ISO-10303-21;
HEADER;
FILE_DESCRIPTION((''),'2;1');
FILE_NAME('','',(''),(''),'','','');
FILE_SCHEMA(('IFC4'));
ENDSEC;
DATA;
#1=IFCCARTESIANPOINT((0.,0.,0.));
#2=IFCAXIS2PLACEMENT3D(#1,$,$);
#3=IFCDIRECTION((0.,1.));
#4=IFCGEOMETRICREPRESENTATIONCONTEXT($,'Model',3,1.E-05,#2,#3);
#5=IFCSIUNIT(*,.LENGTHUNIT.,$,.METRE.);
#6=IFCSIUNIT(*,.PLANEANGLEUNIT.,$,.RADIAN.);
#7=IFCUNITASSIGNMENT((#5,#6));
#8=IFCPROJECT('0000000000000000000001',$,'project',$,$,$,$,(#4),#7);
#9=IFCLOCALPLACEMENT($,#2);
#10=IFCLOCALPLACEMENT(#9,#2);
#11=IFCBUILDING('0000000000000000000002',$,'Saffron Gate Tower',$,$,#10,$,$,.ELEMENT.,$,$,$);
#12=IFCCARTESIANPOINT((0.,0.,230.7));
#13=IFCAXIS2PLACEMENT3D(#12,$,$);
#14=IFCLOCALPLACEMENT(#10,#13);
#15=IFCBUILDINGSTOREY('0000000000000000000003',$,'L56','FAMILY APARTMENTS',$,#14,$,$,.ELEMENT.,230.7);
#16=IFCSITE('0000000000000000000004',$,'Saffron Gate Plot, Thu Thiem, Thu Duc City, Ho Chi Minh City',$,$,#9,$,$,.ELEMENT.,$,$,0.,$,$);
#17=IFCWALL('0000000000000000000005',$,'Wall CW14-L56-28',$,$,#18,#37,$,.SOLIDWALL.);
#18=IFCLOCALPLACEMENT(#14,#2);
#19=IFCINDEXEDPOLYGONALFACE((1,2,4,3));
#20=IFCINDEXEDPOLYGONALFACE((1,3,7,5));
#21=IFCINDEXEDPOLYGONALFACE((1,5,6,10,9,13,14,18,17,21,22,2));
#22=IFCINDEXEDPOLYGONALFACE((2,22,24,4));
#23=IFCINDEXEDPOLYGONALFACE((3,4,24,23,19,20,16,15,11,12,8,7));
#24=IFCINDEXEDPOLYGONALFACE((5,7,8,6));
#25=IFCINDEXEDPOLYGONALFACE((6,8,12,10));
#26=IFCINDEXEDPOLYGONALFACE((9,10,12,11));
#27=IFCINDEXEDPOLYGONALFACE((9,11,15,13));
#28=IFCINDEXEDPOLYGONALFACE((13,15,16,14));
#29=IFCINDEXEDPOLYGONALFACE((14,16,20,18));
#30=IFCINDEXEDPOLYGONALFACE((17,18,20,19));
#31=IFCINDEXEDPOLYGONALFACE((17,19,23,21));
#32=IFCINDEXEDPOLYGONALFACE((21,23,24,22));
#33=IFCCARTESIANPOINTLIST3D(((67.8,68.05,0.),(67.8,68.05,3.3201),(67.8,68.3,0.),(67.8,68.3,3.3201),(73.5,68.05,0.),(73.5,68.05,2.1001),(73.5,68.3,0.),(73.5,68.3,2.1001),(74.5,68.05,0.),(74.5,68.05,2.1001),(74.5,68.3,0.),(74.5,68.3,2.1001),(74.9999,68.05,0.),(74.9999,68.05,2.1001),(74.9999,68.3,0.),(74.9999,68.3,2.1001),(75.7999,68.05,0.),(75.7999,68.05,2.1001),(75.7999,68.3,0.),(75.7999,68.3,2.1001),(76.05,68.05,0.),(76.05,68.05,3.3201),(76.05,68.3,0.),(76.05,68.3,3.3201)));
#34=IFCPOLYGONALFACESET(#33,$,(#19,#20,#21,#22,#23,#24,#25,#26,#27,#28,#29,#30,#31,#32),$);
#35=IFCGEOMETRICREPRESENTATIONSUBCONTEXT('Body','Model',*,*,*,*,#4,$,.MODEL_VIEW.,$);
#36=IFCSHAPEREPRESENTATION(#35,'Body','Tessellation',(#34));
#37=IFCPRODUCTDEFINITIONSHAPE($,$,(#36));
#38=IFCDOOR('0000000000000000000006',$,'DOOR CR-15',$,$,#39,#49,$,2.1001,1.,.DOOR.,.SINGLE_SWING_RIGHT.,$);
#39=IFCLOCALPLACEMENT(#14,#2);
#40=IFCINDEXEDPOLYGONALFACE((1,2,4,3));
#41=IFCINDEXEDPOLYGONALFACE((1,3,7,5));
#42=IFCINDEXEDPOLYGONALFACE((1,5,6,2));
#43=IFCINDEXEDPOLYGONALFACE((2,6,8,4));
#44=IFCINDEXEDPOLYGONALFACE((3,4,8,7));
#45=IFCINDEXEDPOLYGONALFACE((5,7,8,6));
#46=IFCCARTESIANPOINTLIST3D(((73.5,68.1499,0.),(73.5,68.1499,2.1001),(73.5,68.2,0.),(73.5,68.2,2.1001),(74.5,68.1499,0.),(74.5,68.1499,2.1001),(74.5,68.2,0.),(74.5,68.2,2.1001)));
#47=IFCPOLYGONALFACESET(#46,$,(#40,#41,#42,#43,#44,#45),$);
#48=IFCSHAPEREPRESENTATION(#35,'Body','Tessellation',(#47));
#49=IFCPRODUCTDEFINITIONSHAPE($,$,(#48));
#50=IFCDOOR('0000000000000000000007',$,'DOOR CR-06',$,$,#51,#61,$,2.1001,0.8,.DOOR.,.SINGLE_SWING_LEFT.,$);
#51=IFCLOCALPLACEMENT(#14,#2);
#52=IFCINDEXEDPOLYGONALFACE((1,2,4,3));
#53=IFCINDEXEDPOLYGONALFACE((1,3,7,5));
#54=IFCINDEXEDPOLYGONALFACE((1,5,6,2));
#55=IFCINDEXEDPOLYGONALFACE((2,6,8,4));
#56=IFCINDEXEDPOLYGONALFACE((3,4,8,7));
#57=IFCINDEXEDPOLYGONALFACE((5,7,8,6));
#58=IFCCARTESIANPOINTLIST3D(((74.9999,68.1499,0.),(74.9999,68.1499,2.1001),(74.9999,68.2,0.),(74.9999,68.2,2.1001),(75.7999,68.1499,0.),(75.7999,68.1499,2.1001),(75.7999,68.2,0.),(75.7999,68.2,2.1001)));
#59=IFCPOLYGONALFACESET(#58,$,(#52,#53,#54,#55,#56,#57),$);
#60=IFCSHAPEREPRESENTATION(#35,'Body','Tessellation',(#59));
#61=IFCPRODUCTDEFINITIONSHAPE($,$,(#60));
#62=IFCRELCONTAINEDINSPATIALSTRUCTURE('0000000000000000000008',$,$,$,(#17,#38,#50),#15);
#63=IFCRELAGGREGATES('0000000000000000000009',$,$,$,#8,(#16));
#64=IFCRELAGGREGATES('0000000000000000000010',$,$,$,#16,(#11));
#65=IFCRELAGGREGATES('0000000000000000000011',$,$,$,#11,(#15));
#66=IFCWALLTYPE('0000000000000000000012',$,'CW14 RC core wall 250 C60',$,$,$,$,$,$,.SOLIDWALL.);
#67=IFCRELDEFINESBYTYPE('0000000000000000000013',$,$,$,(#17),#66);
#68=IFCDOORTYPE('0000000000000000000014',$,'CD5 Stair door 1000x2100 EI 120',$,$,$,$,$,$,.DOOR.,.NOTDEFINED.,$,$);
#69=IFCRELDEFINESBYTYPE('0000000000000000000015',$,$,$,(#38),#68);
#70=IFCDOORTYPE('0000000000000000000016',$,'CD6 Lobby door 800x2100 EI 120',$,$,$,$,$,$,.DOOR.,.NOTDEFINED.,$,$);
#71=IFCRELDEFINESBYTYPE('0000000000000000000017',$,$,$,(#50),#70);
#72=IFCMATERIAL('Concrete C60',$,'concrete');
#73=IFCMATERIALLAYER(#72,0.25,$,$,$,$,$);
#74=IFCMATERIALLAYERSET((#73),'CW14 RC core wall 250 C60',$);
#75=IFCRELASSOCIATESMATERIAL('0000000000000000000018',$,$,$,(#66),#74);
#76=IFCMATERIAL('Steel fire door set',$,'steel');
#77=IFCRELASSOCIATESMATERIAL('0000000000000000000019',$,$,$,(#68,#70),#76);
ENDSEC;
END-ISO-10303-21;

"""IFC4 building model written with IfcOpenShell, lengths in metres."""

from ifc_helpers import new_model, si_unit, direction, frame, frame_2d, origin, place, context, subcontext, project, spatial, rectangle, extrude, material, layer, layer_set, type_object, element, fill, save


model = new_model("IFC4")

# Units and contexts
model_context = context("Model", 3, precision=1e-05, world=origin(), true_north=direction((0.0, 1.0)))
body_context = subcontext(model_context, "Body", "Model", "MODEL_VIEW")
ifc_project = project(units=[si_unit("LENGTHUNIT", "METRE"), si_unit("PLANEANGLEUNIT", "RADIAN")], contexts=[model_context])

# Site, building, storey
site_placement = place(None, origin())
site = spatial("IfcSite", under=ifc_project, at=site_placement, Name="Saffron Gate Plot, Thu Thiem, Thu Duc City, Ho Chi Minh City", CompositionType="ELEMENT", RefElevation=0.0)
building_placement = place(site_placement, origin())
building = spatial("IfcBuilding", under=site, at=building_placement, Name="Saffron Gate Tower", CompositionType="ELEMENT")
storey_placement = place(building_placement, frame((0.0, 0.0, 230.7)))
storey = spatial("IfcBuildingStorey", under=building, at=storey_placement, Name="L56", Description="FAMILY APARTMENTS", CompositionType="ELEMENT", Elevation=230.7)

# Wall, openings, doors
ifc_material_1 = material(Name="Concrete C60", Category="concrete")
ifc_layer_1 = layer(ifc_material_1, 0.25)
ifc_layer_set_1 = layer_set([ifc_layer_1], Name="CW14 RC core wall 250 C60")
wall_type_1 = type_object("IfcWallType", Name="CW14 RC core wall 250 C60", PredefinedType="SOLIDWALL", material=ifc_layer_set_1)
wall_1_placement = place(storey_placement, frame((67.8, 68.175, 0.0), z_axis=(0.0, 0.0, 1.0), x_axis=(1.0, 0.0, 0.0)))
wall_1 = element("IfcWall", 1, at=wall_1_placement, inside=storey, type_object=wall_type_1, Name="Wall CW14-L56-28", PredefinedType="SOLIDWALL", context=body_context, shape_type="SweptSolid", body=[
    extrude(rectangle(XDim=8.25, YDim=0.25, at=frame_2d((4.125, 0.0))), origin(), (0.0, 0.0, 1.0), 3.3201),
])
opening_1_placement = place(wall_1_placement, frame((5.7, 0.0, 0.0)))
opening_1 = element("IfcOpeningElement", 2, at=opening_1_placement, cuts=wall_1, PredefinedType="OPENING", context=body_context, shape_type="SweptSolid", body=[
    extrude(rectangle(XDim=1.0, YDim=2.1001, at=frame_2d((0.5, 1.05))), frame((0.0, 0.135, 0.0), z_axis=(0.0, -1.0, 0.0), x_axis=(1.0, 0.0, 0.0)), (0.0, 0.0, 1.0), 0.27),
])
opening_2_placement = place(wall_1_placement, frame((7.2, 0.0, 0.0)))
opening_2 = element("IfcOpeningElement", 3, at=opening_2_placement, cuts=wall_1, PredefinedType="OPENING", context=body_context, shape_type="SweptSolid", body=[
    extrude(rectangle(XDim=0.8, YDim=2.1001, at=frame_2d((0.3999, 1.05))), frame((0.0, 0.135, 0.0), z_axis=(0.0, -1.0, 0.0), x_axis=(1.0, 0.0, 0.0)), (0.0, 0.0, 1.0), 0.27),
])
ifc_material_2 = material(Name="Steel fire door set", Category="steel")
door_type_1 = type_object("IfcDoorType", Name="CD5 Stair door 1000x2100 EI 120", OperationType="NOTDEFINED", PredefinedType="DOOR", material=ifc_material_2)
door_1_placement = place(opening_1_placement, origin())
door_1 = element("IfcDoor", 4, at=door_1_placement, inside=storey, type_object=door_type_1, Name="DOOR CR-15", OperationType="SINGLE_SWING_RIGHT", OverallHeight=2.1001, OverallWidth=1.0, PredefinedType="DOOR", context=body_context, shape_type="SweptSolid", body=[
    extrude(rectangle(XDim=1.0, YDim=2.1001, at=frame_2d((0.5, 1.05))), frame((0.0, 0.0249, 0.0), z_axis=(0.0, -1.0, 0.0), x_axis=(1.0, 0.0, 0.0)), (0.0, 0.0, 1.0), 0.05),
])
fill(opening_1, door_1)
door_type_2 = type_object("IfcDoorType", Name="CD6 Lobby door 800x2100 EI 120", OperationType="NOTDEFINED", PredefinedType="DOOR", material=ifc_material_2)
door_2_placement = place(opening_2_placement, origin())
door_2 = element("IfcDoor", 5, at=door_2_placement, inside=storey, type_object=door_type_2, Name="DOOR CR-06", OperationType="SINGLE_SWING_LEFT", OverallHeight=2.1001, OverallWidth=0.8, PredefinedType="DOOR", context=body_context, shape_type="SweptSolid", body=[
    extrude(rectangle(XDim=0.8, YDim=2.1001, at=frame_2d((0.3999, 1.05))), frame((0.0, 0.0249, 0.0), z_axis=(0.0, -1.0, 0.0), x_axis=(1.0, 0.0, 0.0)), (0.0, 0.0, 1.0), 0.05),
])
fill(opening_2, door_2)

save(model, "model.ifc")
